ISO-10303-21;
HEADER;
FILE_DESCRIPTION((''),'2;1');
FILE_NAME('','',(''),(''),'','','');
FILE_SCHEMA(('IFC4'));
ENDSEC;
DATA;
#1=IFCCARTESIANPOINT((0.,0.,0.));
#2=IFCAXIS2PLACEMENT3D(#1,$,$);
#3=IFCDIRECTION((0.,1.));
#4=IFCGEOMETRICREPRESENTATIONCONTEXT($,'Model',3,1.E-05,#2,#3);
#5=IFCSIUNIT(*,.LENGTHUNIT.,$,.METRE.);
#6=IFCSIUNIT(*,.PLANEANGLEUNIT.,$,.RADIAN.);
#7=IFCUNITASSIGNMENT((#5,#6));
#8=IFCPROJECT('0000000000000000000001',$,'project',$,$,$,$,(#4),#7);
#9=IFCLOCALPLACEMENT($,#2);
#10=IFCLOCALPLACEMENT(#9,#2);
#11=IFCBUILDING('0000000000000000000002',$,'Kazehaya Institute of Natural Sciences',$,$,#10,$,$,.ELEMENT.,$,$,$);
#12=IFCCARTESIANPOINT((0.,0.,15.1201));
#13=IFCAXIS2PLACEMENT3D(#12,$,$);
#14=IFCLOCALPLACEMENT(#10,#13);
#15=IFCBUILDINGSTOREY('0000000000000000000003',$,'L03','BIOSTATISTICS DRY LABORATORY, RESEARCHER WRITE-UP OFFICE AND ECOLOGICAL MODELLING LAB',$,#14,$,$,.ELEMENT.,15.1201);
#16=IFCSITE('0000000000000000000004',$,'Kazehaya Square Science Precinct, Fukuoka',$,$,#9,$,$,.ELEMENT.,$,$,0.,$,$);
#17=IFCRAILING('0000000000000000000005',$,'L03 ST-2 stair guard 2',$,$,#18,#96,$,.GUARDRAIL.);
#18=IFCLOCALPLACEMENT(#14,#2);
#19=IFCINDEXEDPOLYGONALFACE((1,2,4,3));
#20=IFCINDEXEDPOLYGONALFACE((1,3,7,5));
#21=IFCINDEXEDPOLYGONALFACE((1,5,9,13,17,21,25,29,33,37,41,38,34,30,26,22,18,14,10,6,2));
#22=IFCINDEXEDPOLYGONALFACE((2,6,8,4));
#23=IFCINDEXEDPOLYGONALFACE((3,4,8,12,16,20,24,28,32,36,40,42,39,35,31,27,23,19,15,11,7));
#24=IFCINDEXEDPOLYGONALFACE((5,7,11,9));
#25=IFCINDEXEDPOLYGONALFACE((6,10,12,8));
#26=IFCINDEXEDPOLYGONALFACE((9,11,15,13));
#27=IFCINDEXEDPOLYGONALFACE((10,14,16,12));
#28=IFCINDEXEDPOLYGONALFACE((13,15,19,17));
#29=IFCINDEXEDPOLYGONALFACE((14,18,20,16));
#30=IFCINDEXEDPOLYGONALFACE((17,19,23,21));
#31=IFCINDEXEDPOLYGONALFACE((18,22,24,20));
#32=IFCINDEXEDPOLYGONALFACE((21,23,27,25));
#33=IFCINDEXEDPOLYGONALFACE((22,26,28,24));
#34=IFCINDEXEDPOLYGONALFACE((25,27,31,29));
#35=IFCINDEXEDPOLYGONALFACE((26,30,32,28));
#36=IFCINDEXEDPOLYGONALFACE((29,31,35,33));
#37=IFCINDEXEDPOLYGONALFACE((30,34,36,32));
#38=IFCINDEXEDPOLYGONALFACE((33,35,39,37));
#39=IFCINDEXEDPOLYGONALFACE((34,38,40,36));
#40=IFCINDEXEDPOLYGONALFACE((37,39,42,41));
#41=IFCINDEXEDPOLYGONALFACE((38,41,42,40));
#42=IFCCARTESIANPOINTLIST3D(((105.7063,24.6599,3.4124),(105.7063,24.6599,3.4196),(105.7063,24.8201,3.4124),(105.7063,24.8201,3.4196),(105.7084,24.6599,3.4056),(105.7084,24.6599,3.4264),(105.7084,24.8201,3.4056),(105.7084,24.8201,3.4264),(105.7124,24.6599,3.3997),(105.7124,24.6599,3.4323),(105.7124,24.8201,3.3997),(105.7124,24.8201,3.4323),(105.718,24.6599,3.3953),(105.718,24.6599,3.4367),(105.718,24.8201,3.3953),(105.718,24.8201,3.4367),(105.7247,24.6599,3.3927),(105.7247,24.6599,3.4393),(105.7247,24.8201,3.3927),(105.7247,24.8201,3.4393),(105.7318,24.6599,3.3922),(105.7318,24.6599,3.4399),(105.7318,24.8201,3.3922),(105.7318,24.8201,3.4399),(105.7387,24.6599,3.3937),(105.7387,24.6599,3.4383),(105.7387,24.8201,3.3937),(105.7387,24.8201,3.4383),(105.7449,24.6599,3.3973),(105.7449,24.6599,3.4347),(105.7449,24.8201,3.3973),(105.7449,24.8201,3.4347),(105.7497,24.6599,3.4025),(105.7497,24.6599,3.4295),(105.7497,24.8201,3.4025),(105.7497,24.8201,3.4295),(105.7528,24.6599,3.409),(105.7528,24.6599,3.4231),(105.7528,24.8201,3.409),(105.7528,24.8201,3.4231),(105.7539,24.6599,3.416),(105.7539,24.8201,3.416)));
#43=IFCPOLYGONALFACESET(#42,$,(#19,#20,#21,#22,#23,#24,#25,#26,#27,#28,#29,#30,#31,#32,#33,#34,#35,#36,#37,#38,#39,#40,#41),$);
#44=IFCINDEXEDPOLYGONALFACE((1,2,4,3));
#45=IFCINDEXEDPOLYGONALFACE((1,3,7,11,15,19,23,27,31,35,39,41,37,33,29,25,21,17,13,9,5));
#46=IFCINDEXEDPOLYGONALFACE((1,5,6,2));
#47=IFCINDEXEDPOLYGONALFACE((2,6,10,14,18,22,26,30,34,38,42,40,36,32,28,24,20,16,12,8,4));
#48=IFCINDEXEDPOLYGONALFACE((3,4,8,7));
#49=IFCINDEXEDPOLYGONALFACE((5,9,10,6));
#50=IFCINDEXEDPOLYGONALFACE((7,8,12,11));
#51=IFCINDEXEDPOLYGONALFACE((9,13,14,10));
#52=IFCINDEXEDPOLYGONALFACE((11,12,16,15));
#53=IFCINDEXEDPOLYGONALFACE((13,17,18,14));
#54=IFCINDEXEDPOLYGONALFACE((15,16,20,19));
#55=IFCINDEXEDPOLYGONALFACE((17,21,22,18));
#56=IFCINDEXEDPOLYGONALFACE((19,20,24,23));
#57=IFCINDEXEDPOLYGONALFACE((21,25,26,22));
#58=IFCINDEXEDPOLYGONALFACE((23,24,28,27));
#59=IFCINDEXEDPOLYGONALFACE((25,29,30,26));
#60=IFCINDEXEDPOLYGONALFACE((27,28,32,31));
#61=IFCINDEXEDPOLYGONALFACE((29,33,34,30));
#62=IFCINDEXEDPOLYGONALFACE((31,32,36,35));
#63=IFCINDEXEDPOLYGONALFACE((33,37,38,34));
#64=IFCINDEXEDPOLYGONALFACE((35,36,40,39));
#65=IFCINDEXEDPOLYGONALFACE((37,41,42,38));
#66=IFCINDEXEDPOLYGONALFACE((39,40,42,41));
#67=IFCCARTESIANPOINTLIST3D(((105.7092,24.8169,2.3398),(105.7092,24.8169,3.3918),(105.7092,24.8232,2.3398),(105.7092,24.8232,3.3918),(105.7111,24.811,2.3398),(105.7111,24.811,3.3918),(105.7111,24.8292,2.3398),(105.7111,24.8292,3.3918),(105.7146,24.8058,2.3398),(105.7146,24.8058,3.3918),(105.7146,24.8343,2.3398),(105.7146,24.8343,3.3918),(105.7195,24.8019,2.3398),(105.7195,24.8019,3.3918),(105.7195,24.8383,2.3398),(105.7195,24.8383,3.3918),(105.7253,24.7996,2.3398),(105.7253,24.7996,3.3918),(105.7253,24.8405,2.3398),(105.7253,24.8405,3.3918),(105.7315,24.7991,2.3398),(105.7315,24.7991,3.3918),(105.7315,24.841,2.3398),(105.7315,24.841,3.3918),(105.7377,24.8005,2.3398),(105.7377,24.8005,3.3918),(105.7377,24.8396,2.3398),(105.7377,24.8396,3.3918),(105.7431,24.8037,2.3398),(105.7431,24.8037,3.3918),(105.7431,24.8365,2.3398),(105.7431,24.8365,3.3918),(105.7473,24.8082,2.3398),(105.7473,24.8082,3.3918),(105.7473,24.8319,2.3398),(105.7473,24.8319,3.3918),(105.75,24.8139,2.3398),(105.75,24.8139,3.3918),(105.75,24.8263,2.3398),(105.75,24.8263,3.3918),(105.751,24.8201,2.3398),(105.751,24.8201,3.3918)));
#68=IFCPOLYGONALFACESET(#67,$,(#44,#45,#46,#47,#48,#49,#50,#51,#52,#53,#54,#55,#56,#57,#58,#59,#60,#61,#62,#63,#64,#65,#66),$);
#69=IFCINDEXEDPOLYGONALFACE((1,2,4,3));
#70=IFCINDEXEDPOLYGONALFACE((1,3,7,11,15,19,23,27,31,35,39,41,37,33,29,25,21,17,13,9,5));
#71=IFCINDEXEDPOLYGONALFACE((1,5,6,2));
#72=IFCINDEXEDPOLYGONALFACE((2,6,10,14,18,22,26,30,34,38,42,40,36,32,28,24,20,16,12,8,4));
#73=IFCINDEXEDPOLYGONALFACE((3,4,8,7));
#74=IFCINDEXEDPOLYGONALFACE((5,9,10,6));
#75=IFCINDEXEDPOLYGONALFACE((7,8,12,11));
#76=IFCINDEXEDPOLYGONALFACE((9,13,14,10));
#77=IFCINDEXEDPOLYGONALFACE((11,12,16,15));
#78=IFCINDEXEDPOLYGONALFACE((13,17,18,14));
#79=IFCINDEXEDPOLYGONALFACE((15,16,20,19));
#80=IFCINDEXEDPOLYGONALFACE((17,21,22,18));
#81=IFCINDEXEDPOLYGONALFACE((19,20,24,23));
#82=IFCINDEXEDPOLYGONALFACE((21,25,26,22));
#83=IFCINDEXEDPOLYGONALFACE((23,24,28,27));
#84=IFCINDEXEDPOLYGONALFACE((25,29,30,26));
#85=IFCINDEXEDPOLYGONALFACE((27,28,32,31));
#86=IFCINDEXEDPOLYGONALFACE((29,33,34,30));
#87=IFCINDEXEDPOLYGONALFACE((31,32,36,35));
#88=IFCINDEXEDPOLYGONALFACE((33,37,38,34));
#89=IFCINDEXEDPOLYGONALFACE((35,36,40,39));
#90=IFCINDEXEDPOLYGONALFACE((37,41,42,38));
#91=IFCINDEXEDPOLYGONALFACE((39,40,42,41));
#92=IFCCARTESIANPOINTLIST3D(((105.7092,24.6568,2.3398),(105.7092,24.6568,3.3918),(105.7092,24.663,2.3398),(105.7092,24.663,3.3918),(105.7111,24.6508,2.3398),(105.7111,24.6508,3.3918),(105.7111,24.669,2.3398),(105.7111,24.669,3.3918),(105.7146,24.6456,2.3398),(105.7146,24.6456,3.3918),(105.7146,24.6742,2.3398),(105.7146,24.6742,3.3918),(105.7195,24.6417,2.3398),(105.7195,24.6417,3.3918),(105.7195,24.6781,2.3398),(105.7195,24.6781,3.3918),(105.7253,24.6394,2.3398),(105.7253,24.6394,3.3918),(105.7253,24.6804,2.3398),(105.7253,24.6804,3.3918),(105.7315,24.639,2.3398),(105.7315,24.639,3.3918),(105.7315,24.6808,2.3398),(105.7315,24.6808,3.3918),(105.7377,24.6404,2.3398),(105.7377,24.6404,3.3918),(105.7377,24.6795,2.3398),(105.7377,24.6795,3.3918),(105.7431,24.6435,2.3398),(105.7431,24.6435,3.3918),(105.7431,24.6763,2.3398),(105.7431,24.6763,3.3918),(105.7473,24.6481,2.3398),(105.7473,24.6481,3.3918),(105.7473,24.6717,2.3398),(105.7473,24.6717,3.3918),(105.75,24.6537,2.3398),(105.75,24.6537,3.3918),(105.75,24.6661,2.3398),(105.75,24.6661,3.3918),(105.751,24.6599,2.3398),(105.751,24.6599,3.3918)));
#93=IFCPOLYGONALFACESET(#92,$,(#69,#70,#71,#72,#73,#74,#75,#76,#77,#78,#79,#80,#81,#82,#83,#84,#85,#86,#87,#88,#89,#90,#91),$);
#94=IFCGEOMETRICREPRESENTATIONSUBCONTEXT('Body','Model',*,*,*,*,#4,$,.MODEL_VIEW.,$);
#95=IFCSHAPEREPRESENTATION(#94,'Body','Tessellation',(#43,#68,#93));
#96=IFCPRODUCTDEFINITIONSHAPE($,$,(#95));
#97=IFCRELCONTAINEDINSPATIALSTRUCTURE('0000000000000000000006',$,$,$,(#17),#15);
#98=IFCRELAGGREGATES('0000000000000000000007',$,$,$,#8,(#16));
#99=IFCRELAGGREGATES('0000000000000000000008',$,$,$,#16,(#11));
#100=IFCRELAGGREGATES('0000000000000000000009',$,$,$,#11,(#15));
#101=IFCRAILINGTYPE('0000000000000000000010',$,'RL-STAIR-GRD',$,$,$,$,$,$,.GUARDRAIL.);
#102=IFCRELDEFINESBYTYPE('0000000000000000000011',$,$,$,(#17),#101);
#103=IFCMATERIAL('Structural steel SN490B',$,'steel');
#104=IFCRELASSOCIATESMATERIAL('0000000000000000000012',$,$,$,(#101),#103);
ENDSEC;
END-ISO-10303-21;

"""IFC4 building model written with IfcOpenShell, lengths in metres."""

from ifc_helpers import new_model, si_unit, direction, frame, origin, origin_2d, place, context, subcontext, project, spatial, circle, extrude, material, type_object, element, save


model = new_model("IFC4")

# Units and contexts
model_context = context("Model", 3, precision=1e-05, world=origin(), true_north=direction((0.0, 1.0)))
body_context = subcontext(model_context, "Body", "Model", "MODEL_VIEW")
ifc_project = project(units=[si_unit("LENGTHUNIT", "METRE"), si_unit("PLANEANGLEUNIT", "RADIAN")], contexts=[model_context])

# Site, building, storey
site_placement = place(None, origin())
site = spatial("IfcSite", under=ifc_project, at=site_placement, Name="Kazehaya Square Science Precinct, Fukuoka", CompositionType="ELEMENT", RefElevation=0.0)
building_placement = place(site_placement, origin())
building = spatial("IfcBuilding", under=site, at=building_placement, Name="Kazehaya Institute of Natural Sciences", CompositionType="ELEMENT")
storey_placement = place(building_placement, frame((0.0, 0.0, 15.1201)))
storey = spatial("IfcBuildingStorey", under=building, at=storey_placement, Name="L03", Description="BIOSTATISTICS DRY LABORATORY, RESEARCHER WRITE-UP OFFICE AND ECOLOGICAL MODELLING LAB", CompositionType="ELEMENT", Elevation=15.1201)

# Railing
ifc_material_1 = material(Name="Structural steel SN490B", Category="steel")
railing_type_1 = type_object("IfcRailingType", Name="RL-STAIR-GRD", PredefinedType="GUARDRAIL", material=ifc_material_1)
railing_1_placement = place(storey_placement, frame((105.73, 24.8201, 2.3398)))
element("IfcRailing", 1, at=railing_1_placement, inside=storey, type_object=railing_type_1, Name="L03 ST-2 stair guard 2", PredefinedType="GUARDRAIL", context=body_context, shape_type="SweptSolid", body=[
    extrude(circle(Radius=0.0239, at=origin_2d()), frame((0.0, 0.0, 1.0762), z_axis=(0.0, -1.0, 0.0), x_axis=(1.0, 0.0, 0.0)), (0.0, 0.0, 1.0), 0.1602),
    extrude(circle(Radius=0.021, at=origin_2d()), origin(), (0.0, 0.0, 1.0), 1.052),
    extrude(circle(Radius=0.021, at=origin_2d()), frame((0.0, -0.1602, 0.0)), (0.0, 0.0, 1.0), 1.052),
])

save(model, "model.ifc")
